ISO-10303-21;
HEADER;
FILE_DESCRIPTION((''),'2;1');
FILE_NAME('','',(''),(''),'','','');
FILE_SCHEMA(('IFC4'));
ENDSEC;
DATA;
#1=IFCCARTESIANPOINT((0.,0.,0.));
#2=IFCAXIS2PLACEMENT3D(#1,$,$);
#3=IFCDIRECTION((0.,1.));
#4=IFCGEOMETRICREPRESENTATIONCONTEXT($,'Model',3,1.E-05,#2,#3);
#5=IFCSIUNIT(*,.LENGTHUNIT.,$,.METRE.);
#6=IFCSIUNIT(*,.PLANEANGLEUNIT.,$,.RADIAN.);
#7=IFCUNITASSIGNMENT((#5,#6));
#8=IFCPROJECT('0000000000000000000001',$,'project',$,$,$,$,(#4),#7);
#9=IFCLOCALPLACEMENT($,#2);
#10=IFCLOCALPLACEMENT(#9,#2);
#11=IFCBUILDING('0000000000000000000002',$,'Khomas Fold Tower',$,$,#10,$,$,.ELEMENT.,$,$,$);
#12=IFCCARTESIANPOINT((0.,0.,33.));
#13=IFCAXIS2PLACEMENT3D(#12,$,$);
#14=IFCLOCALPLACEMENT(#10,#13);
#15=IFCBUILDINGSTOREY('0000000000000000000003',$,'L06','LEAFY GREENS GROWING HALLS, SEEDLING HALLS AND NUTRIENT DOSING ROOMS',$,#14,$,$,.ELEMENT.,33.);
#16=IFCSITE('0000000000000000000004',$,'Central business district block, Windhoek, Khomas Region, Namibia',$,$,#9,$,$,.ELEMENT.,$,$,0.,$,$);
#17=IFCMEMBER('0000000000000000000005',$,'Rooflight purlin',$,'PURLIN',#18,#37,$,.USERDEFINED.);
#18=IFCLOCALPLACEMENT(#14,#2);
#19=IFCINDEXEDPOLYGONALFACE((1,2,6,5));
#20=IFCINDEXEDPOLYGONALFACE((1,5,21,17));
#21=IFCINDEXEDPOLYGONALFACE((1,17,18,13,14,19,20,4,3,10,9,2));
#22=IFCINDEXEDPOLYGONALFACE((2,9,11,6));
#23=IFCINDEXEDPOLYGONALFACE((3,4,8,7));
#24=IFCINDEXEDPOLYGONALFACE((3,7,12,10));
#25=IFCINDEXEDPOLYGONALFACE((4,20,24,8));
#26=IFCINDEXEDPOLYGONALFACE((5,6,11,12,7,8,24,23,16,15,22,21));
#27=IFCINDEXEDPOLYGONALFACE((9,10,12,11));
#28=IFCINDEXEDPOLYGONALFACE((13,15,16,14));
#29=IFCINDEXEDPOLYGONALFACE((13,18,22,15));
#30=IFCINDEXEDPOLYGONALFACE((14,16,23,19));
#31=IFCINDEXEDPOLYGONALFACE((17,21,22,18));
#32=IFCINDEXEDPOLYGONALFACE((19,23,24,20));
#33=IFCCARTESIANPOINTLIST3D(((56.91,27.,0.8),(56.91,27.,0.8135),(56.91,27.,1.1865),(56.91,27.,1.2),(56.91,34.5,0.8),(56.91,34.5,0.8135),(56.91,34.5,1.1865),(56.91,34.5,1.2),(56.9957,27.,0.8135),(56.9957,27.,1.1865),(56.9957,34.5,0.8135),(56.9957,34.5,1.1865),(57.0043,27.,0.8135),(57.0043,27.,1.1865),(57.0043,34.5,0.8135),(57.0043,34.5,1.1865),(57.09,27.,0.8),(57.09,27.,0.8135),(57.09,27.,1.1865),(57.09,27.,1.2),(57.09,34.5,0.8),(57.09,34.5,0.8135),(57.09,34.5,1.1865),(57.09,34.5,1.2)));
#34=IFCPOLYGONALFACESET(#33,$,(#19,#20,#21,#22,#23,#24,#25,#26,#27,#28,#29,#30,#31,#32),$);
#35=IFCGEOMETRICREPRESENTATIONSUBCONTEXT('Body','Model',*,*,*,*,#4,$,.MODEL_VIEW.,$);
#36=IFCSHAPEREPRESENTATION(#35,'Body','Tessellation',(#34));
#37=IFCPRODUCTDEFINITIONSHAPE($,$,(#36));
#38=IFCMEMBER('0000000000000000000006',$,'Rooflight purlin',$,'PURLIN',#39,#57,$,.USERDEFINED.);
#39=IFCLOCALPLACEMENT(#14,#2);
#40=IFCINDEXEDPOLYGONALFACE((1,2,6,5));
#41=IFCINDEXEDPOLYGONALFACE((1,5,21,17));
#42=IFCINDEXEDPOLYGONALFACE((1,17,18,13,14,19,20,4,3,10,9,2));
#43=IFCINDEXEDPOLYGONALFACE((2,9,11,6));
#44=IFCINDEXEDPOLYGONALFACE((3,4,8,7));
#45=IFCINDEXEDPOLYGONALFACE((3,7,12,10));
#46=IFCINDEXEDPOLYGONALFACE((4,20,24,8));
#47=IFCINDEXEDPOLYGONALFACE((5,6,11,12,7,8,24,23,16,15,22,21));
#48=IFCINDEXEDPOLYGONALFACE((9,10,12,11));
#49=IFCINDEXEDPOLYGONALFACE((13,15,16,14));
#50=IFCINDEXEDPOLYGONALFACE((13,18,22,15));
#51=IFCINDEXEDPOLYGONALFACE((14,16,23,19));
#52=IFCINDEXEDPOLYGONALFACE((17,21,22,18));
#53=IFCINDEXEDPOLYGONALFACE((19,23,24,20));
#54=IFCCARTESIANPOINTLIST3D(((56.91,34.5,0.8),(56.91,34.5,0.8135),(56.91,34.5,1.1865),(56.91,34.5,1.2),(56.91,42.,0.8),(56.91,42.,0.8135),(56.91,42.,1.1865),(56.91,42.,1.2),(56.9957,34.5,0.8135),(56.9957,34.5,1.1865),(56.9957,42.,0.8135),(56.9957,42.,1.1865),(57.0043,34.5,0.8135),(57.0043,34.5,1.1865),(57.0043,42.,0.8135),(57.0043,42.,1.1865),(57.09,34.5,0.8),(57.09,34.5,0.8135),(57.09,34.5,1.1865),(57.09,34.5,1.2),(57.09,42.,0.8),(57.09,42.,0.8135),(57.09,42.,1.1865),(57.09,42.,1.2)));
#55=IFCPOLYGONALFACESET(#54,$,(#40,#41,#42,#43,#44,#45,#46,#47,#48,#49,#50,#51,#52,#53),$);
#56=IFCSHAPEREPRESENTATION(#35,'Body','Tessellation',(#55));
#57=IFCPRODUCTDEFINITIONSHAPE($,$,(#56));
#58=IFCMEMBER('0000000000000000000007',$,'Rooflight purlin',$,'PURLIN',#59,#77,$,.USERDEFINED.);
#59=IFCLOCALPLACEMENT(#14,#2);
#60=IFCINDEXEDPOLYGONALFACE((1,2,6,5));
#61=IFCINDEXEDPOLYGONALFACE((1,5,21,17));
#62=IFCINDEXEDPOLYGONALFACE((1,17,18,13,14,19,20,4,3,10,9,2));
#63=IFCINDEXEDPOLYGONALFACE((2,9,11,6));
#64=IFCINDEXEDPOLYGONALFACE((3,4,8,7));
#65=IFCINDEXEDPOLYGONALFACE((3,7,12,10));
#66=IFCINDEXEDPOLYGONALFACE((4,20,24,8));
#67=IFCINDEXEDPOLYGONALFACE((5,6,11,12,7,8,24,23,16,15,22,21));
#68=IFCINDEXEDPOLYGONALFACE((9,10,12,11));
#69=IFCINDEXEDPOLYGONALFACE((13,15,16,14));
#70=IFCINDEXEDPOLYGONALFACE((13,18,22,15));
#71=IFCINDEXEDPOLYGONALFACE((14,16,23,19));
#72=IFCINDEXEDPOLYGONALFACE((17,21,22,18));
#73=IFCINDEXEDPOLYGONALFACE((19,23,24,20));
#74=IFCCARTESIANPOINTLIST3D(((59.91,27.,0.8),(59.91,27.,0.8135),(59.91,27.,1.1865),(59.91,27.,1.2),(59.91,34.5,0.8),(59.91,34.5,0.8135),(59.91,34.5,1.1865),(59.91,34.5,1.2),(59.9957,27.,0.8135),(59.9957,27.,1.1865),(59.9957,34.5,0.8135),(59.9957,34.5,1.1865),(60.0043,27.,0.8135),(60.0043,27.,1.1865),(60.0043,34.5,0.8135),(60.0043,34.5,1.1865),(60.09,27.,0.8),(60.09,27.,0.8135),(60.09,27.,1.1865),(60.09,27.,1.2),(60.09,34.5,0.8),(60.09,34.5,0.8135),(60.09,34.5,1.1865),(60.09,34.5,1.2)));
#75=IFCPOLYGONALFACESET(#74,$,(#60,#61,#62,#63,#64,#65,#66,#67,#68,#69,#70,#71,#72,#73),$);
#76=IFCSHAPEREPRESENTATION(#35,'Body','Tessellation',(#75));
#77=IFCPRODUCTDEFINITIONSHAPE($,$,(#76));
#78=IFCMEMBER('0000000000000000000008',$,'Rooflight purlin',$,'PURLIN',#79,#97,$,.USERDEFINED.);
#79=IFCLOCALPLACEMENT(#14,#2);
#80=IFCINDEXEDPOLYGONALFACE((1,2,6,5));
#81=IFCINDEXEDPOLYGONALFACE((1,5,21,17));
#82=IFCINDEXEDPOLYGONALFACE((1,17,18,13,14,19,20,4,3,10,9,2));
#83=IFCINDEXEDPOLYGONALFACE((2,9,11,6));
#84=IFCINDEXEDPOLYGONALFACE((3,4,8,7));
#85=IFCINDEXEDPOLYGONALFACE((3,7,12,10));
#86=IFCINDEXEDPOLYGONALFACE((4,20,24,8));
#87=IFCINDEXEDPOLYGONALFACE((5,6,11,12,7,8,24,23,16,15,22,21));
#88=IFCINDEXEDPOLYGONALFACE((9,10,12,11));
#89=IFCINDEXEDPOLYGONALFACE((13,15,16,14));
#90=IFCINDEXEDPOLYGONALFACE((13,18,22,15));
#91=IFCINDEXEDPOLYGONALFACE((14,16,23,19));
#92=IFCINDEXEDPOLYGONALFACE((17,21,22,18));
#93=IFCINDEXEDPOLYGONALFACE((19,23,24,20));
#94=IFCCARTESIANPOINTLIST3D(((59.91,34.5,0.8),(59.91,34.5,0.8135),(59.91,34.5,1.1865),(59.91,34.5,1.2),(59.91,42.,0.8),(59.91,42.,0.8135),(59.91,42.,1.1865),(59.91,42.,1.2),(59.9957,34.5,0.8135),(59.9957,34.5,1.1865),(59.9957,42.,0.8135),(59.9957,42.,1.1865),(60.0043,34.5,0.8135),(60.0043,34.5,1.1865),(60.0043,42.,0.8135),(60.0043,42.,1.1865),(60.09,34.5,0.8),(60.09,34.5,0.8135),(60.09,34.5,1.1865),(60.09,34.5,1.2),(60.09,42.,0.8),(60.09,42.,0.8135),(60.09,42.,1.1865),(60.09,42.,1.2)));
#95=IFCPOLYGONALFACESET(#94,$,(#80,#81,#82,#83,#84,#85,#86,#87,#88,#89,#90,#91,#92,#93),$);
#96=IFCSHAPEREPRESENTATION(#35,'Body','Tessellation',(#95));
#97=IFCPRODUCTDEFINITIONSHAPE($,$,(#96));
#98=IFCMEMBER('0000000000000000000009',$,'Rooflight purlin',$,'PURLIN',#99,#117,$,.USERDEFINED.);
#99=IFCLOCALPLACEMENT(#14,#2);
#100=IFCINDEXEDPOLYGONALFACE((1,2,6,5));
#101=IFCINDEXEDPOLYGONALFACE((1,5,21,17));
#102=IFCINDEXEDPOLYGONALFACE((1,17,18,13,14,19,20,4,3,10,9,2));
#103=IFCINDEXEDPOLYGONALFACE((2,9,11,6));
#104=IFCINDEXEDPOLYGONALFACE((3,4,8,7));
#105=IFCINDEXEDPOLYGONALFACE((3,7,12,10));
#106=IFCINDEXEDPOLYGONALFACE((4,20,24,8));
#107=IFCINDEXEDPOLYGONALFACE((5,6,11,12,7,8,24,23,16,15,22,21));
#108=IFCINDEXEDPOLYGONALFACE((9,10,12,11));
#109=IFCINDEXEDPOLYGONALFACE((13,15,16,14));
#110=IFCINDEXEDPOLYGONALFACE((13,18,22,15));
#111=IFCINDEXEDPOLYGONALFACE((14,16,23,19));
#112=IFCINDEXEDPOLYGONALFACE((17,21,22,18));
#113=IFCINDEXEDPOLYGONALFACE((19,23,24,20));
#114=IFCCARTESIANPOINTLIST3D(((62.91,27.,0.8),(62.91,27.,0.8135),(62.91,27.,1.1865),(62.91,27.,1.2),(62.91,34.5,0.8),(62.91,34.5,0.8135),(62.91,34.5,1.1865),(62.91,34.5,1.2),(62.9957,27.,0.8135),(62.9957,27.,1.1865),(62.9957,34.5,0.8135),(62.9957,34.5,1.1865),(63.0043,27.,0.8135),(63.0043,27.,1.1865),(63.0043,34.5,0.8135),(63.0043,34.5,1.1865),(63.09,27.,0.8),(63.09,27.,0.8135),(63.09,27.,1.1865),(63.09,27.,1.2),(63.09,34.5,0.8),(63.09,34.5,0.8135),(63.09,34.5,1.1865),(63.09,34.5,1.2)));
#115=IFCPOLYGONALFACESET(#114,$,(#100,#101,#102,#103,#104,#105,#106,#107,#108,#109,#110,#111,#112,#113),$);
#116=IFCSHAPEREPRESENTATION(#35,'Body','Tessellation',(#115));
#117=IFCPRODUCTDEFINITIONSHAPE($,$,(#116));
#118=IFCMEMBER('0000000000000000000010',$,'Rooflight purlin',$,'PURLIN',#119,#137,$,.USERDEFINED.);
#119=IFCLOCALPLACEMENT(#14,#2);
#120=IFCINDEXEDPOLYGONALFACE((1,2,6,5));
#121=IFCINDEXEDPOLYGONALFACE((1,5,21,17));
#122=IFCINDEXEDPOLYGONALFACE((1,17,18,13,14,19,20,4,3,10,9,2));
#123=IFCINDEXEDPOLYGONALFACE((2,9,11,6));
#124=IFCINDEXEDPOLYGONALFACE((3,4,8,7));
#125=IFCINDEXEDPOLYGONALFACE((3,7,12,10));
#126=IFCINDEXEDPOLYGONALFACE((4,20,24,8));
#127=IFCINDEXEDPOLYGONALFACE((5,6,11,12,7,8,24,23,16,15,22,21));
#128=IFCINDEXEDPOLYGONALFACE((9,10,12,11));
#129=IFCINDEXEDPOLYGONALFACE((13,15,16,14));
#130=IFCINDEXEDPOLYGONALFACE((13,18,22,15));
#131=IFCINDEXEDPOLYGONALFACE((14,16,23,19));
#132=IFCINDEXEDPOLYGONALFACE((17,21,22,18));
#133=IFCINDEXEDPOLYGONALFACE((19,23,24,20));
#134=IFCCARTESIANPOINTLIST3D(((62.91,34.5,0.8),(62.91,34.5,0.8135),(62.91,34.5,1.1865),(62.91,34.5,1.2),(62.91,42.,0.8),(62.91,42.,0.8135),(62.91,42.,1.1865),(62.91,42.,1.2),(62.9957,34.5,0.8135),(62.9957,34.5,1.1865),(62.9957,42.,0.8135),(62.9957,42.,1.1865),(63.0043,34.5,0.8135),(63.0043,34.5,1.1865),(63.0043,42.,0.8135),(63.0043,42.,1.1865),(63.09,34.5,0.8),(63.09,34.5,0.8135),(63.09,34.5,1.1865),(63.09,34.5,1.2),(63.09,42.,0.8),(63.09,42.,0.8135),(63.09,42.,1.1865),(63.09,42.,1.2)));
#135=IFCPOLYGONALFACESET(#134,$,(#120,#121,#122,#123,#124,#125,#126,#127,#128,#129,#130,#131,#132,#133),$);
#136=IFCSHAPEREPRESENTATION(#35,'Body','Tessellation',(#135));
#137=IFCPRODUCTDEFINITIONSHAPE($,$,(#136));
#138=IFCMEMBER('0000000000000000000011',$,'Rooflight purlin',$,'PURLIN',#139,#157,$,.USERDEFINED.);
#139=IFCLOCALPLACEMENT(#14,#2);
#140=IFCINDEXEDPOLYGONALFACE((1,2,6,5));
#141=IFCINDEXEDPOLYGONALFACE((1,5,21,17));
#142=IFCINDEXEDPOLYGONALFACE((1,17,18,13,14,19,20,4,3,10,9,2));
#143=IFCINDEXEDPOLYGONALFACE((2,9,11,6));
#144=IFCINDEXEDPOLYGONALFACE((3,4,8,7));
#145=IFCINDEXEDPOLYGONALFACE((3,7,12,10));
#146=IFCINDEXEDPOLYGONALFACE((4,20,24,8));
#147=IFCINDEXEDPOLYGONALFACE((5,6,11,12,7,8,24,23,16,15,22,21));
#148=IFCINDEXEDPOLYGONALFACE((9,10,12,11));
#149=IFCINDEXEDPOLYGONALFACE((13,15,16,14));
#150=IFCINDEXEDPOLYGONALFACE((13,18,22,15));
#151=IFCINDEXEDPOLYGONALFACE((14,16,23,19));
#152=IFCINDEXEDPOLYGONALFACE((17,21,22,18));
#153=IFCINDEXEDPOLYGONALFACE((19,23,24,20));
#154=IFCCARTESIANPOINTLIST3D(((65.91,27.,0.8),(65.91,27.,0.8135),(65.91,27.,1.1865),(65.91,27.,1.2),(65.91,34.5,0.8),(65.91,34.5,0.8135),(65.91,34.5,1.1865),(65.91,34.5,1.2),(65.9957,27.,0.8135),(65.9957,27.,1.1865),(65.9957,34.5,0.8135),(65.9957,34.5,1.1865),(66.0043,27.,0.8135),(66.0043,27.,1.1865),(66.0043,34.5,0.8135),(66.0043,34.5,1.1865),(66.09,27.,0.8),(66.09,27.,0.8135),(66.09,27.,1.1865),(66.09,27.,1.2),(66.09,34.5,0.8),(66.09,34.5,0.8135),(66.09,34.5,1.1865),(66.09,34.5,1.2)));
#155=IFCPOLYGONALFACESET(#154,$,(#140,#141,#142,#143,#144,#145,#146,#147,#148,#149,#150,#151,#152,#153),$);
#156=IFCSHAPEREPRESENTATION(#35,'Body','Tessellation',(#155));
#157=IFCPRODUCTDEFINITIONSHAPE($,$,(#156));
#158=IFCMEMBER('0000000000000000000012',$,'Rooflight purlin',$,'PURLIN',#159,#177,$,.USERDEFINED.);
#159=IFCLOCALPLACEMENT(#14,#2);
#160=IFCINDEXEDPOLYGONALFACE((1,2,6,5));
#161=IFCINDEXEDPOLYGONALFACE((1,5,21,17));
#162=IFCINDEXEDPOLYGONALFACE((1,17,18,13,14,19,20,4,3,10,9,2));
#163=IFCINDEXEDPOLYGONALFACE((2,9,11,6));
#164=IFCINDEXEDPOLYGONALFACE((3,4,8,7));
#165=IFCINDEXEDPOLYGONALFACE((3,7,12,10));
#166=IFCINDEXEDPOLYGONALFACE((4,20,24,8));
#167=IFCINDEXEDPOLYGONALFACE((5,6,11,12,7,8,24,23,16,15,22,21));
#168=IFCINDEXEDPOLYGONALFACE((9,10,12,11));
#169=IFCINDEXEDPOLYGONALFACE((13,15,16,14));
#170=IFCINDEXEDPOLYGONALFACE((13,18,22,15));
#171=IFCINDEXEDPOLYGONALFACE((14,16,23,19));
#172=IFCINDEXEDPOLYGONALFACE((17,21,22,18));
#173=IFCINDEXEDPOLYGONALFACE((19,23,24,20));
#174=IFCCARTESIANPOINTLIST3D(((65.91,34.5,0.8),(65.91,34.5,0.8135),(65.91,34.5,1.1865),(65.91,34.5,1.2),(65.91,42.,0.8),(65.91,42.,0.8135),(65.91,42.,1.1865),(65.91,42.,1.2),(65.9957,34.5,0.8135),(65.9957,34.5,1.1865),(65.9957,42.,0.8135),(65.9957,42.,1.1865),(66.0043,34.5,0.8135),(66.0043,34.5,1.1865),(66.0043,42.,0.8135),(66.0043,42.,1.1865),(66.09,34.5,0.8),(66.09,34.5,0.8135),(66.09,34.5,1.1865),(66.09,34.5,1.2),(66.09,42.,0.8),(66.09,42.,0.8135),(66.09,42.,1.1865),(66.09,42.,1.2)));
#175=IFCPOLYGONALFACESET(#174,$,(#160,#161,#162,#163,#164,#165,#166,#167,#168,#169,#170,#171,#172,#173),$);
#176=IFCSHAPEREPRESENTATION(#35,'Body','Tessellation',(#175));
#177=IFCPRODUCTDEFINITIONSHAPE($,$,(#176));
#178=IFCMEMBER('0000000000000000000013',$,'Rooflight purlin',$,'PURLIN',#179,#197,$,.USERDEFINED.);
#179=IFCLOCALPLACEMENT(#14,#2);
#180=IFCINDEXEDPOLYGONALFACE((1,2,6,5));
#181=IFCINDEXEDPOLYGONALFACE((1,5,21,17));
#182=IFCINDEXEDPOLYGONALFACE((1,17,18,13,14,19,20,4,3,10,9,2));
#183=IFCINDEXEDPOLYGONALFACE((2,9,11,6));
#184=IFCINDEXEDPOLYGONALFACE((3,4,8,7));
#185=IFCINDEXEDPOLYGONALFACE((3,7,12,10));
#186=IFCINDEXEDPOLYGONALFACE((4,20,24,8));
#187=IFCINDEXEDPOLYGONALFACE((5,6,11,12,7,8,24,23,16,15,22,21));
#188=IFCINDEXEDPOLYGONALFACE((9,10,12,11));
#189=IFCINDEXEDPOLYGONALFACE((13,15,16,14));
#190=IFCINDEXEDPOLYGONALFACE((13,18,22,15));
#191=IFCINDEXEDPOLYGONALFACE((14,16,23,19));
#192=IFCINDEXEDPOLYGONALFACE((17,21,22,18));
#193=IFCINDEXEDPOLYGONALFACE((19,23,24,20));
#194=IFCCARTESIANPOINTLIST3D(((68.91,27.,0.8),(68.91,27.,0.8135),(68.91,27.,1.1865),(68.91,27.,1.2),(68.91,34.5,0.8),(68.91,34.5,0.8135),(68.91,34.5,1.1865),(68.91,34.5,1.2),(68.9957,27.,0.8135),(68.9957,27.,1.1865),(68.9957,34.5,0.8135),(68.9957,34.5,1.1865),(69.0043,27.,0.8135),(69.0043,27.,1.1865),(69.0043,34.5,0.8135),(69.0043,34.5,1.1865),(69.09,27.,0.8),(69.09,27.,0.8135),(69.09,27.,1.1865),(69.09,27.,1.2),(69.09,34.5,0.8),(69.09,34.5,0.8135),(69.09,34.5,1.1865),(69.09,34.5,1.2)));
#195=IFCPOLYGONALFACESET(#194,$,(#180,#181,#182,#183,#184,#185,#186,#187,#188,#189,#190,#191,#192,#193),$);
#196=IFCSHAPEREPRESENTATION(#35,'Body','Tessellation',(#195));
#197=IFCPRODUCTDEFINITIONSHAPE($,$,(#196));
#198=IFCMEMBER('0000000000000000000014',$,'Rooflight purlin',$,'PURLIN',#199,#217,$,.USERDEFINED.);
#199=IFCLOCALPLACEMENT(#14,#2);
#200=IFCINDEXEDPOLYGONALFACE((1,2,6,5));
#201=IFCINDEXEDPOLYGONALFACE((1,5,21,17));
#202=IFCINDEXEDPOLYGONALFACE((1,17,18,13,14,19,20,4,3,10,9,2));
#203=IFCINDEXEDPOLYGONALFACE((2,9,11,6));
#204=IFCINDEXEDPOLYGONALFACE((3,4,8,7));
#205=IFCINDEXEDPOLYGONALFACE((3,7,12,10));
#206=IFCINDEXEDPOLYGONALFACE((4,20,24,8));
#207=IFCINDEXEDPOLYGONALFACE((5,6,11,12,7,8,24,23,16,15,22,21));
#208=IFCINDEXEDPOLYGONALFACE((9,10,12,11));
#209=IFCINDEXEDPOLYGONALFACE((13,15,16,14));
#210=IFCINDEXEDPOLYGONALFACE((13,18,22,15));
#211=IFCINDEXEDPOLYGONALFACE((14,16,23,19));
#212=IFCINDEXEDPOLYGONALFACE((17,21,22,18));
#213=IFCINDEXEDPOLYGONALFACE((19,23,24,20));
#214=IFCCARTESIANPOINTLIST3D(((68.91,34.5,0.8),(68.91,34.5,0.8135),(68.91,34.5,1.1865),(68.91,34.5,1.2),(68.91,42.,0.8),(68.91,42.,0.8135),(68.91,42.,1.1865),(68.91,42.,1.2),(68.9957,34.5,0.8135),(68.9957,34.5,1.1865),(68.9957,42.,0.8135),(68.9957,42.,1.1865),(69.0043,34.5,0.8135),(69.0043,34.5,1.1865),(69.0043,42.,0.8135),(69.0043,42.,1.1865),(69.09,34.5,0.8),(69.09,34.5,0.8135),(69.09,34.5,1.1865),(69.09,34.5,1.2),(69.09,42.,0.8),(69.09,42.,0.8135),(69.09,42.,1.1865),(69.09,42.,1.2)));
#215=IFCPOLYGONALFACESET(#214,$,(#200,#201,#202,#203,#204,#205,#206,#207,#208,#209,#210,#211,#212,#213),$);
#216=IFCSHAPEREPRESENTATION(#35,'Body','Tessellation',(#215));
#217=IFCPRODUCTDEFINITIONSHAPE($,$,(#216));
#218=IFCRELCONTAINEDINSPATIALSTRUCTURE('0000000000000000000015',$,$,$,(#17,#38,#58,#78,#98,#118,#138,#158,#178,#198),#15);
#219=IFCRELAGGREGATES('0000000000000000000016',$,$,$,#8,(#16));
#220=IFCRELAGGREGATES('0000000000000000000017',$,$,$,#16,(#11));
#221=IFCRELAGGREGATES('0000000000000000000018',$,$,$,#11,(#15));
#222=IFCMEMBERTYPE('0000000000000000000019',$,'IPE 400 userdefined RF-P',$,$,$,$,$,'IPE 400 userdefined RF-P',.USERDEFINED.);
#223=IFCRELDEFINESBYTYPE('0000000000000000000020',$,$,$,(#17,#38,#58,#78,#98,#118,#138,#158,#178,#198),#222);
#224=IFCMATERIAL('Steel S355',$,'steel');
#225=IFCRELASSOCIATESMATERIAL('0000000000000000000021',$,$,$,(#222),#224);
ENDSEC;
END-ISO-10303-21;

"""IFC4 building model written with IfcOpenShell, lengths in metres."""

from ifc_helpers import new_model, si_unit, direction, frame, origin, origin_2d, place, context, subcontext, project, spatial, i_section, extrude, source, transform, mapped, material, material_profile, profile_set, type_object, element, save


model = new_model("IFC4")

# Units and contexts
model_context = context("Model", 3, precision=1e-05, world=origin(), true_north=direction((0.0, 1.0)))
body_context = subcontext(model_context, "Body", "Model", "MODEL_VIEW")
ifc_project = project(units=[si_unit("LENGTHUNIT", "METRE"), si_unit("PLANEANGLEUNIT", "RADIAN")], contexts=[model_context])

# Site, building, storey
site_placement = place(None, origin())
site = spatial("IfcSite", under=ifc_project, at=site_placement, Name="Central business district block, Windhoek, Khomas Region, Namibia", CompositionType="ELEMENT", RefElevation=0.0)
building_placement = place(site_placement, origin())
building = spatial("IfcBuilding", under=site, at=building_placement, Name="Khomas Fold Tower", CompositionType="ELEMENT")
storey_placement = place(building_placement, frame((0.0, 0.0, 33.0)))
storey = spatial("IfcBuildingStorey", under=building, at=storey_placement, Name="L06", Description="LEAFY GREENS GROWING HALLS, SEEDLING HALLS AND NUTRIENT DOSING ROOMS", CompositionType="ELEMENT", Elevation=33.0)

# Members
ifc_material_1 = material(Name="Steel S355", Category="steel")
ifc_material_profile = material_profile(ifc_material_1, i_section(OverallWidth=0.1799, OverallDepth=0.3999, WebThickness=0.0085, FlangeThickness=0.0134, at=origin_2d()), Name="IPE 400")
ifc_profile_set = profile_set([ifc_material_profile], Name="Steel S355")
member_type = type_object("IfcMemberType", Name="IPE 400 userdefined RF-P", ElementType="IPE 400 userdefined RF-P", PredefinedType="USERDEFINED", material=ifc_profile_set)
shared_shape_1 = source(origin(), body_context, "Body", "SweptSolid", [
    extrude(i_section(OverallWidth=0.1799, OverallDepth=0.3999, WebThickness=0.0085, FlangeThickness=0.0134, at=origin_2d()), origin(), (0.0, 0.0, 1.0), 7.5),
])
for number, where, z_axis, x_axis, name in (
    (1, (57.0, 27.0, 1.0), (0.0, 1.0, 0.0), (-1.0, 0.0, 0.0), "Rooflight purlin"),
    (2, (57.0, 34.5, 1.0), (0.0, 1.0, 0.0), (-1.0, 0.0, 0.0), "Rooflight purlin"),
    (3, (60.0, 27.0, 1.0), (0.0, 1.0, 0.0), (-1.0, 0.0, 0.0), "Rooflight purlin"),
    (4, (60.0, 34.5, 1.0), (0.0, 1.0, 0.0), (-1.0, 0.0, 0.0), "Rooflight purlin"),
    (5, (63.0, 27.0, 1.0), (0.0, 1.0, 0.0), (-1.0, 0.0, 0.0), "Rooflight purlin"),
    (6, (63.0, 34.5, 1.0), (0.0, 1.0, 0.0), (-1.0, 0.0, 0.0), "Rooflight purlin"),
    (7, (66.0, 27.0, 1.0), (0.0, 1.0, 0.0), (-1.0, 0.0, 0.0), "Rooflight purlin"),
    (8, (66.0, 34.5, 1.0), (0.0, 1.0, 0.0), (-1.0, 0.0, 0.0), "Rooflight purlin"),
    (9, (69.0, 27.0, 1.0), (0.0, 1.0, 0.0), (-1.0, 0.0, 0.0), "Rooflight purlin"),
    (10, (69.0, 34.5, 1.0), (0.0, 1.0, 0.0), (-1.0, 0.0, 0.0), "Rooflight purlin"),
):
    element("IfcMember", number, at=place(storey_placement, frame(where, z_axis=z_axis, x_axis=x_axis)), inside=storey, type_object=member_type, Name=name, ObjectType="PURLIN", PredefinedType="USERDEFINED", context=body_context, shape_type="MappedRepresentation", body=[
        mapped(shared_shape_1, transform((0.0, 0.0, 0.0))),
    ])

save(model, "model.ifc")
